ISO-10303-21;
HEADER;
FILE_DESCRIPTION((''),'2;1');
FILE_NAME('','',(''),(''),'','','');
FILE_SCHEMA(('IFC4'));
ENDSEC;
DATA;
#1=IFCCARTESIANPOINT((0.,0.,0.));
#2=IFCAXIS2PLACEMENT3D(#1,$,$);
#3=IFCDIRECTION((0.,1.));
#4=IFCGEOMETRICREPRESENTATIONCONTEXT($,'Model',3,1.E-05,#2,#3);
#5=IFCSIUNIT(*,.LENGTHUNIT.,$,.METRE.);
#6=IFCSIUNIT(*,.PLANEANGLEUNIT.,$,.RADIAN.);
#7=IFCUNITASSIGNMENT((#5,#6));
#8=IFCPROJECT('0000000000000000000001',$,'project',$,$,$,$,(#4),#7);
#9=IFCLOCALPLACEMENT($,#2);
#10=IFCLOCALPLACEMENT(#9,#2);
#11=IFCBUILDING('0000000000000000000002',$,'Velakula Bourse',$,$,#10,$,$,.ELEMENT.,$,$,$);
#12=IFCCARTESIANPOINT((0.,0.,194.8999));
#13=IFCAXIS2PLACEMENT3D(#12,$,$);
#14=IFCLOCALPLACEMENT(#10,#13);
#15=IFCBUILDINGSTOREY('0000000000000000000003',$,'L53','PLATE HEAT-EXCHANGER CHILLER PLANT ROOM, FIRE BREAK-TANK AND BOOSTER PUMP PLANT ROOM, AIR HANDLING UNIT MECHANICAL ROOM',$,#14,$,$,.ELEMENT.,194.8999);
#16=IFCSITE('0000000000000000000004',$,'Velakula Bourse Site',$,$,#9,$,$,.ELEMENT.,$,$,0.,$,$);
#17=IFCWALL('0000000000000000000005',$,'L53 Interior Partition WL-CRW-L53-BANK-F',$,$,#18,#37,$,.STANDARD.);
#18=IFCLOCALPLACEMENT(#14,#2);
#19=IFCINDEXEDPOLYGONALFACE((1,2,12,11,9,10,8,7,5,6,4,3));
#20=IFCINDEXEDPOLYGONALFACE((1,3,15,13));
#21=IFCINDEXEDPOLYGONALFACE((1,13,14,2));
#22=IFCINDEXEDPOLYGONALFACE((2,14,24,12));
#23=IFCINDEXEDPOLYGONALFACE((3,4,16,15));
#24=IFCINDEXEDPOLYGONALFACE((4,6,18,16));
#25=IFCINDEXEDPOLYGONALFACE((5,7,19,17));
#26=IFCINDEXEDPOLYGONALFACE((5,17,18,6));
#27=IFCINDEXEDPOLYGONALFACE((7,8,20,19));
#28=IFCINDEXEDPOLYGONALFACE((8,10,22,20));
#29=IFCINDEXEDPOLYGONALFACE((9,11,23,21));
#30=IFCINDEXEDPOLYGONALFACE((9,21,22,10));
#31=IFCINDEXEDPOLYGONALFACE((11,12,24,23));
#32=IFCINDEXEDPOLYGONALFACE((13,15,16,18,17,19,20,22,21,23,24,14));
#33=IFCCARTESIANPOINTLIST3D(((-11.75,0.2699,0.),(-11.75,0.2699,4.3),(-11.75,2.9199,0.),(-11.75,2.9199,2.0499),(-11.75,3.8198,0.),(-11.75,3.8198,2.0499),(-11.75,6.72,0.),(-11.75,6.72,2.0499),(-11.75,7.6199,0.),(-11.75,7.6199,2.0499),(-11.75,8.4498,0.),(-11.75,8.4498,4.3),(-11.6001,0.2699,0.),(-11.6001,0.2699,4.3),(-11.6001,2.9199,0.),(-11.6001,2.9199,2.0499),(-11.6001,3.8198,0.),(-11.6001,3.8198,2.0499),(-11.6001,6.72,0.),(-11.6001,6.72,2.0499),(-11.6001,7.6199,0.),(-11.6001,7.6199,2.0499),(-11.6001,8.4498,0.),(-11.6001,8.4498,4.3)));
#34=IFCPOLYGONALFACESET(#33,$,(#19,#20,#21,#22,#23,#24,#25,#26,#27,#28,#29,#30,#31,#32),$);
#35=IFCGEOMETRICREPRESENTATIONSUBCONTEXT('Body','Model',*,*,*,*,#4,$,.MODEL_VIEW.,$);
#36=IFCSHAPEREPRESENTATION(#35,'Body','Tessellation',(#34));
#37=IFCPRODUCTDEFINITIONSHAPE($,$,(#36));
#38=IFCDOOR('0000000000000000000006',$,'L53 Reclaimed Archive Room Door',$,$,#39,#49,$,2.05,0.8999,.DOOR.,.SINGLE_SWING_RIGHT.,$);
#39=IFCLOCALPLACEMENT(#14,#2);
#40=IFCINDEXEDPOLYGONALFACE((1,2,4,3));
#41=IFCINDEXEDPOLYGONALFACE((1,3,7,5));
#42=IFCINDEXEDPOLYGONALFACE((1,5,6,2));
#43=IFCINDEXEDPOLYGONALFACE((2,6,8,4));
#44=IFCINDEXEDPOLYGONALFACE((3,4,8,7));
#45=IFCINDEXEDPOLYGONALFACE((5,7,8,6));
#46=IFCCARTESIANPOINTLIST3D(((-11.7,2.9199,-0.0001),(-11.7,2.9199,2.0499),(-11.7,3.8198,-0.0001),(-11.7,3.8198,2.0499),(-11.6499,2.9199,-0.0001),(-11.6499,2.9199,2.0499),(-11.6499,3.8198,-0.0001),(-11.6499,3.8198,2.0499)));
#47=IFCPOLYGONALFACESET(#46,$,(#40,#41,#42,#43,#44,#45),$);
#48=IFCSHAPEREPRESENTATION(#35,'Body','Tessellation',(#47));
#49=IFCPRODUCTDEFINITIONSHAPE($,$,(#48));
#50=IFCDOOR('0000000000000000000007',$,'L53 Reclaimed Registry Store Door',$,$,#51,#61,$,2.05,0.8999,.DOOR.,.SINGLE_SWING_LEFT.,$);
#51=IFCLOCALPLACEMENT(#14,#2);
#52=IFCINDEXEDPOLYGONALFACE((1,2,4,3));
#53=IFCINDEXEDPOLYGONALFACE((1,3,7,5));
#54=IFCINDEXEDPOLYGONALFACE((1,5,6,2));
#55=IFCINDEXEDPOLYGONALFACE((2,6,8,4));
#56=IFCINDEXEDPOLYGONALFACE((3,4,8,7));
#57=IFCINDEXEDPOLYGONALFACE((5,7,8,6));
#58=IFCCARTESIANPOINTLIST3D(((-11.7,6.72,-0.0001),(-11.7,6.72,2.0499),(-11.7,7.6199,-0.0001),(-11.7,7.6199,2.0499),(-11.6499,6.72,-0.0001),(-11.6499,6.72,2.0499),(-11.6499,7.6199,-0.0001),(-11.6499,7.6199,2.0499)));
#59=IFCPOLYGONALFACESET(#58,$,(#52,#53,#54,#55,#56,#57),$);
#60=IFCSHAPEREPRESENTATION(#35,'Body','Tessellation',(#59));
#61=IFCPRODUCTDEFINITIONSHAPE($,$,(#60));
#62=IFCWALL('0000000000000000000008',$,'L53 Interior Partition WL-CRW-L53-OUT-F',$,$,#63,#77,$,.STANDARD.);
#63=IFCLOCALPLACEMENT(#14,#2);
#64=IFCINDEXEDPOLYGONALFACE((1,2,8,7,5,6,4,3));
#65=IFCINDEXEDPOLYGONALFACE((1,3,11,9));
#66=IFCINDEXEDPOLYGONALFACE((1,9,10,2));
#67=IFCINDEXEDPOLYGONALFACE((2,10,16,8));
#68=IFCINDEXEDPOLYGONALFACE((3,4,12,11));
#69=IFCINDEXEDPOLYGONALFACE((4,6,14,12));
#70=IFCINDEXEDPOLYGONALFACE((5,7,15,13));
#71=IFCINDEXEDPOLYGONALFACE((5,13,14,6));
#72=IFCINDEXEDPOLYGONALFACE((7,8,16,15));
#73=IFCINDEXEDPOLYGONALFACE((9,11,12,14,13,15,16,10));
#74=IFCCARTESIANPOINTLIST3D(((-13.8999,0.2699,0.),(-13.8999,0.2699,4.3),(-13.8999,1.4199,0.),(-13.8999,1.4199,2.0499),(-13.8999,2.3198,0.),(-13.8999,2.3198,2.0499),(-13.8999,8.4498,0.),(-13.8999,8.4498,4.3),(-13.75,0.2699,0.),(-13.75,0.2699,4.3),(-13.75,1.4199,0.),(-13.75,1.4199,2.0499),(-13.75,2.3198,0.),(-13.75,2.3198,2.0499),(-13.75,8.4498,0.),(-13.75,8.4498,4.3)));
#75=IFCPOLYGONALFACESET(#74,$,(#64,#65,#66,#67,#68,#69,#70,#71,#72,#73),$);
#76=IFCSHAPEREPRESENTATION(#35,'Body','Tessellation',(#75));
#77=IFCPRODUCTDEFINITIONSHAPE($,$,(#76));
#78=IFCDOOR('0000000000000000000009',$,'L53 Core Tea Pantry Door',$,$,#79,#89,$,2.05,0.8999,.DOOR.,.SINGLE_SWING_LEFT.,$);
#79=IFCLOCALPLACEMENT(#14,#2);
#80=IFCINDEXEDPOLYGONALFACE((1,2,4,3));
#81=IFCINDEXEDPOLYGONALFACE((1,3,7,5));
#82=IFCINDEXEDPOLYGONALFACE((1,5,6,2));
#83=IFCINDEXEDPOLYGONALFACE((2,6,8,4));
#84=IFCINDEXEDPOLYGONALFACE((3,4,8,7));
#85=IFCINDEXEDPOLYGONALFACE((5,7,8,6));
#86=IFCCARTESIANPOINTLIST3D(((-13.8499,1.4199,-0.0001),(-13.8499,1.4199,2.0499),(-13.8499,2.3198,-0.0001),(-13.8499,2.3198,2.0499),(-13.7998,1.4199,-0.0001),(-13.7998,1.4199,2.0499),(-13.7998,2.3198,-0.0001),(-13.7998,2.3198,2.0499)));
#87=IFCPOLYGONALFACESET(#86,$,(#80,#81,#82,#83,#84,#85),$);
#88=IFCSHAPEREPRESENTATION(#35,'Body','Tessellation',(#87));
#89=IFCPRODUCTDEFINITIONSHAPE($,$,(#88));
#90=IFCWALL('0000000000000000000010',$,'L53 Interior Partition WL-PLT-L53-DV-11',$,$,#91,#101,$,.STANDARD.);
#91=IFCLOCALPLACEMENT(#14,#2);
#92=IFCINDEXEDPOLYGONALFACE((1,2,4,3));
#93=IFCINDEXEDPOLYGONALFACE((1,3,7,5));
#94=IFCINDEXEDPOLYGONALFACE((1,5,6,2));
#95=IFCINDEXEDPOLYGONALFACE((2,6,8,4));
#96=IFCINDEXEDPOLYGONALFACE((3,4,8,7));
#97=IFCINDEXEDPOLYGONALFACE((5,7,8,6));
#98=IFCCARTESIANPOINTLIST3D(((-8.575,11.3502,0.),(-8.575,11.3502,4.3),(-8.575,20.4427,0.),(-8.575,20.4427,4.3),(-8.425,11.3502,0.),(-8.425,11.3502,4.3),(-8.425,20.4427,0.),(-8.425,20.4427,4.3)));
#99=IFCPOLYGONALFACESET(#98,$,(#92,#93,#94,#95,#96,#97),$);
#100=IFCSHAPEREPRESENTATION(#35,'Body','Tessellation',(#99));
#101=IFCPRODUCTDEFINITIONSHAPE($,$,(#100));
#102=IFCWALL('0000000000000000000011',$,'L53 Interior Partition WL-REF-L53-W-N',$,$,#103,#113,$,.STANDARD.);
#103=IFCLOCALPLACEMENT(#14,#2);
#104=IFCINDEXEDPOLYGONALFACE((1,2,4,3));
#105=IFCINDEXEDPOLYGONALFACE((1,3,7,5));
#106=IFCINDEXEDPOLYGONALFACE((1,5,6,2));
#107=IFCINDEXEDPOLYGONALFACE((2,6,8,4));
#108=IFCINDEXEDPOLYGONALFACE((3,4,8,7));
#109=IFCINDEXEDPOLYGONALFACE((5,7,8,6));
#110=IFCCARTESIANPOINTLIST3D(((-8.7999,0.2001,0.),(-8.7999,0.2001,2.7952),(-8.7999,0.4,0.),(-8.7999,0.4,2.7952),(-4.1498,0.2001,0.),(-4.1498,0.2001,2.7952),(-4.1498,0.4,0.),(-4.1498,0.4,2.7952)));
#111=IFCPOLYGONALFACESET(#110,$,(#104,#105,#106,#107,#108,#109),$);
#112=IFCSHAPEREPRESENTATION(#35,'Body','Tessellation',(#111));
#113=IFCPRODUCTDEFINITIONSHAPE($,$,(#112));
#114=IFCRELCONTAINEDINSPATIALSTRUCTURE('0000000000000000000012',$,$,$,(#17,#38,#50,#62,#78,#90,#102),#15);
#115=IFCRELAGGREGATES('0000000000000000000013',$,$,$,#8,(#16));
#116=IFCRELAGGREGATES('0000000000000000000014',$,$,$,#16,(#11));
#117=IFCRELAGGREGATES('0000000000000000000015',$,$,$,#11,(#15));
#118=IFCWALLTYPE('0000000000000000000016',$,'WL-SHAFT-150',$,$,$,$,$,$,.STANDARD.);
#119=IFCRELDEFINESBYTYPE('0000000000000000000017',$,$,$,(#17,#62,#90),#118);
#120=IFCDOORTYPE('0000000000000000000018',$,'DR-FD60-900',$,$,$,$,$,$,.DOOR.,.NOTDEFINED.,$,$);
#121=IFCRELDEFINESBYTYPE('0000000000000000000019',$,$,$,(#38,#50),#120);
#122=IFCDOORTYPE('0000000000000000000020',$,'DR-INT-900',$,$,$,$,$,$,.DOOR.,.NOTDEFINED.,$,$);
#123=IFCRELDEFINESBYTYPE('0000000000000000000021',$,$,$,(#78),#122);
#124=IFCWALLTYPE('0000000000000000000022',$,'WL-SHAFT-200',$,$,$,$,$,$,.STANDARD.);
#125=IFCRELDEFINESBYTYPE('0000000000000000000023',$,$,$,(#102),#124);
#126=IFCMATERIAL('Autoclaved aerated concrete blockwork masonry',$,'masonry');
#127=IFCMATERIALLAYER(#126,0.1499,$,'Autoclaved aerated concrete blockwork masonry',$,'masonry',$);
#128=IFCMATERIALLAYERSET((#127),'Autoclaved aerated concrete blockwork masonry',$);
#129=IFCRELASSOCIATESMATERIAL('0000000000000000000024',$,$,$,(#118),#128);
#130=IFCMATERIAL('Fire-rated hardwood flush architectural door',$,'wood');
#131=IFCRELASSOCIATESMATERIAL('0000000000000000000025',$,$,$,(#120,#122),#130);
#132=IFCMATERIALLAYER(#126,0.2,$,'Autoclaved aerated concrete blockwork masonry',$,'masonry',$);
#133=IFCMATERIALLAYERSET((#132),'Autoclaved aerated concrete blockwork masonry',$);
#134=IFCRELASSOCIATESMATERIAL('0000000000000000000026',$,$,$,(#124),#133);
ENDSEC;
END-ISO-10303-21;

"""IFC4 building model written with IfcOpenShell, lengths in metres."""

from ifc_helpers import new_model, si_unit, direction, frame, frame_2d, origin, place, context, subcontext, project, spatial, rectangle, extrude, material, layer, layer_set, type_object, element, fill, save


model = new_model("IFC4")

# Units and contexts
model_context = context("Model", 3, precision=1e-05, world=origin(), true_north=direction((0.0, 1.0)))
body_context = subcontext(model_context, "Body", "Model", "MODEL_VIEW")
ifc_project = project(units=[si_unit("LENGTHUNIT", "METRE"), si_unit("PLANEANGLEUNIT", "RADIAN")], contexts=[model_context])

# Site, building, storey
site_placement = place(None, origin())
site = spatial("IfcSite", under=ifc_project, at=site_placement, Name="Velakula Bourse Site", CompositionType="ELEMENT", RefElevation=0.0)
building_placement = place(site_placement, origin())
building = spatial("IfcBuilding", under=site, at=building_placement, Name="Velakula Bourse", CompositionType="ELEMENT")
storey_placement = place(building_placement, frame((0.0, 0.0, 194.8999)))
storey = spatial("IfcBuildingStorey", under=building, at=storey_placement, Name="L53", Description="PLATE HEAT-EXCHANGER CHILLER PLANT ROOM, FIRE BREAK-TANK AND BOOSTER PUMP PLANT ROOM, AIR HANDLING UNIT MECHANICAL ROOM", CompositionType="ELEMENT", Elevation=194.8999)

# Shared definitions
ifc_material_1 = material(Name="Fire-rated hardwood flush architectural door", Category="wood")

# Shared definitions
ifc_material_2 = material(Name="Autoclaved aerated concrete blockwork masonry", Category="masonry")
ifc_layer_1 = layer(ifc_material_2, 0.1499, Name="Autoclaved aerated concrete blockwork masonry", Category="masonry")
ifc_layer_set_1 = layer_set([ifc_layer_1], Name="Autoclaved aerated concrete blockwork masonry")
wall_type_1 = type_object("IfcWallType", Name="WL-SHAFT-150", PredefinedType="STANDARD", material=ifc_layer_set_1)

# Wall, openings, doors
wall_1_placement = place(storey_placement, frame((-11.675, 0.27, 0.0), z_axis=(0.0, 0.0, 1.0), x_axis=(0.0, 1.0, 0.0)))
wall_1 = element("IfcWall", 1, at=wall_1_placement, inside=storey, type_object=wall_type_1, Name="L53 Interior Partition WL-CRW-L53-BANK-F", PredefinedType="STANDARD", context=body_context, shape_type="SweptSolid", body=[
    extrude(rectangle(XDim=8.1799, YDim=0.1499, at=frame_2d((4.0898, 0.0))), origin(), (0.0, 0.0, 1.0), 4.3),
])
opening_1_placement = place(wall_1_placement, frame((2.6499, 0.0, 0.0)))
opening_1 = element("IfcOpeningElement", 2, at=opening_1_placement, cuts=wall_1, PredefinedType="OPENING", context=body_context, shape_type="SweptSolid", body=[
    extrude(rectangle(XDim=0.8999, YDim=2.05, at=frame_2d((0.45, 1.0249))), frame((0.0, 0.085, 0.0), z_axis=(0.0, -1.0, 0.0), x_axis=(1.0, 0.0, 0.0)), (0.0, 0.0, 1.0), 0.1699),
])
opening_2_placement = place(wall_1_placement, frame((6.45, 0.0, 0.0)))
opening_2 = element("IfcOpeningElement", 3, at=opening_2_placement, cuts=wall_1, PredefinedType="OPENING", context=body_context, shape_type="SweptSolid", body=[
    extrude(rectangle(XDim=0.8999, YDim=2.05, at=frame_2d((0.45, 1.0249))), frame((0.0, 0.085, 0.0), z_axis=(0.0, -1.0, 0.0), x_axis=(1.0, 0.0, 0.0)), (0.0, 0.0, 1.0), 0.1699),
])
door_type_1 = type_object("IfcDoorType", Name="DR-FD60-900", OperationType="NOTDEFINED", PredefinedType="DOOR", material=ifc_material_1)
door_1_placement = place(opening_1_placement, origin())
door_1 = element("IfcDoor", 4, at=door_1_placement, inside=storey, type_object=door_type_1, Name="L53 Reclaimed Archive Room Door", OperationType="SINGLE_SWING_RIGHT", OverallHeight=2.05, OverallWidth=0.8999, PredefinedType="DOOR", context=body_context, shape_type="SweptSolid", body=[
    extrude(rectangle(XDim=0.8999, YDim=2.05, at=frame_2d((0.45, 1.0249))), frame((0.0, 0.0249, 0.0), z_axis=(0.0, -1.0, 0.0), x_axis=(1.0, 0.0, 0.0)), (0.0, 0.0, 1.0), 0.05),
])
fill(opening_1, door_1)
door_2_placement = place(opening_2_placement, origin())
door_2 = element("IfcDoor", 5, at=door_2_placement, inside=storey, type_object=door_type_1, Name="L53 Reclaimed Registry Store Door", OperationType="SINGLE_SWING_LEFT", OverallHeight=2.05, OverallWidth=0.8999, PredefinedType="DOOR", context=body_context, shape_type="SweptSolid", body=[
    extrude(rectangle(XDim=0.8999, YDim=2.05, at=frame_2d((0.45, 1.0249))), frame((0.0, 0.0249, 0.0), z_axis=(0.0, -1.0, 0.0), x_axis=(1.0, 0.0, 0.0)), (0.0, 0.0, 1.0), 0.05),
])
fill(opening_2, door_2)

# Wall, opening, door
wall_2_placement = place(storey_placement, frame((-13.825, 0.27, 0.0), z_axis=(0.0, 0.0, 1.0), x_axis=(0.0, 1.0, 0.0)))
wall_2 = element("IfcWall", 6, at=wall_2_placement, inside=storey, type_object=wall_type_1, Name="L53 Interior Partition WL-CRW-L53-OUT-F", PredefinedType="STANDARD", context=body_context, shape_type="SweptSolid", body=[
    extrude(rectangle(XDim=8.1799, YDim=0.1499, at=frame_2d((4.0898, 0.0))), origin(), (0.0, 0.0, 1.0), 4.3),
])
opening_3_placement = place(wall_2_placement, frame((1.1499, 0.0, 0.0)))
opening_3 = element("IfcOpeningElement", 7, at=opening_3_placement, cuts=wall_2, PredefinedType="OPENING", context=body_context, shape_type="SweptSolid", body=[
    extrude(rectangle(XDim=0.8999, YDim=2.05, at=frame_2d((0.45, 1.0249))), frame((0.0, 0.085, 0.0), z_axis=(0.0, -1.0, 0.0), x_axis=(1.0, 0.0, 0.0)), (0.0, 0.0, 1.0), 0.1699),
])
door_type_2 = type_object("IfcDoorType", Name="DR-INT-900", OperationType="NOTDEFINED", PredefinedType="DOOR", material=ifc_material_1)
door_3_placement = place(opening_3_placement, origin())
door_3 = element("IfcDoor", 8, at=door_3_placement, inside=storey, type_object=door_type_2, Name="L53 Core Tea Pantry Door", OperationType="SINGLE_SWING_LEFT", OverallHeight=2.05, OverallWidth=0.8999, PredefinedType="DOOR", context=body_context, shape_type="SweptSolid", body=[
    extrude(rectangle(XDim=0.8999, YDim=2.05, at=frame_2d((0.45, 1.0249))), frame((0.0, 0.0249, 0.0), z_axis=(0.0, -1.0, 0.0), x_axis=(1.0, 0.0, 0.0)), (0.0, 0.0, 1.0), 0.05),
])
fill(opening_3, door_3)

# Walls
wall_3_placement = place(storey_placement, frame((-8.5, 11.3501, 0.0), z_axis=(0.0, 0.0, 1.0), x_axis=(0.0, 1.0, 0.0)))
element("IfcWall", 9, at=wall_3_placement, inside=storey, type_object=wall_type_1, Name="L53 Interior Partition WL-PLT-L53-DV-11", PredefinedType="STANDARD", context=body_context, shape_type="SweptSolid", body=[
    extrude(rectangle(XDim=9.0925, YDim=0.1499, at=frame_2d((4.5464, 0.0))), origin(), (0.0, 0.0, 1.0), 4.3),
])
ifc_layer_2 = layer(ifc_material_2, 0.2, Name="Autoclaved aerated concrete blockwork masonry", Category="masonry")
ifc_layer_set_2 = layer_set([ifc_layer_2], Name="Autoclaved aerated concrete blockwork masonry")
wall_type_2 = type_object("IfcWallType", Name="WL-SHAFT-200", PredefinedType="STANDARD", material=ifc_layer_set_2)
wall_4_placement = place(storey_placement, frame((-8.8, 0.3, 0.0), z_axis=(0.0, 0.0, 1.0), x_axis=(1.0, 0.0, 0.0)))
element("IfcWall", 10, at=wall_4_placement, inside=storey, type_object=wall_type_2, Name="L53 Interior Partition WL-REF-L53-W-N", PredefinedType="STANDARD", context=body_context, shape_type="SweptSolid", body=[
    extrude(rectangle(XDim=4.6501, YDim=0.2, at=frame_2d((2.3252, 0.0))), origin(), (0.0, 0.0, 1.0), 2.7952),
])

save(model, "model.ifc")
